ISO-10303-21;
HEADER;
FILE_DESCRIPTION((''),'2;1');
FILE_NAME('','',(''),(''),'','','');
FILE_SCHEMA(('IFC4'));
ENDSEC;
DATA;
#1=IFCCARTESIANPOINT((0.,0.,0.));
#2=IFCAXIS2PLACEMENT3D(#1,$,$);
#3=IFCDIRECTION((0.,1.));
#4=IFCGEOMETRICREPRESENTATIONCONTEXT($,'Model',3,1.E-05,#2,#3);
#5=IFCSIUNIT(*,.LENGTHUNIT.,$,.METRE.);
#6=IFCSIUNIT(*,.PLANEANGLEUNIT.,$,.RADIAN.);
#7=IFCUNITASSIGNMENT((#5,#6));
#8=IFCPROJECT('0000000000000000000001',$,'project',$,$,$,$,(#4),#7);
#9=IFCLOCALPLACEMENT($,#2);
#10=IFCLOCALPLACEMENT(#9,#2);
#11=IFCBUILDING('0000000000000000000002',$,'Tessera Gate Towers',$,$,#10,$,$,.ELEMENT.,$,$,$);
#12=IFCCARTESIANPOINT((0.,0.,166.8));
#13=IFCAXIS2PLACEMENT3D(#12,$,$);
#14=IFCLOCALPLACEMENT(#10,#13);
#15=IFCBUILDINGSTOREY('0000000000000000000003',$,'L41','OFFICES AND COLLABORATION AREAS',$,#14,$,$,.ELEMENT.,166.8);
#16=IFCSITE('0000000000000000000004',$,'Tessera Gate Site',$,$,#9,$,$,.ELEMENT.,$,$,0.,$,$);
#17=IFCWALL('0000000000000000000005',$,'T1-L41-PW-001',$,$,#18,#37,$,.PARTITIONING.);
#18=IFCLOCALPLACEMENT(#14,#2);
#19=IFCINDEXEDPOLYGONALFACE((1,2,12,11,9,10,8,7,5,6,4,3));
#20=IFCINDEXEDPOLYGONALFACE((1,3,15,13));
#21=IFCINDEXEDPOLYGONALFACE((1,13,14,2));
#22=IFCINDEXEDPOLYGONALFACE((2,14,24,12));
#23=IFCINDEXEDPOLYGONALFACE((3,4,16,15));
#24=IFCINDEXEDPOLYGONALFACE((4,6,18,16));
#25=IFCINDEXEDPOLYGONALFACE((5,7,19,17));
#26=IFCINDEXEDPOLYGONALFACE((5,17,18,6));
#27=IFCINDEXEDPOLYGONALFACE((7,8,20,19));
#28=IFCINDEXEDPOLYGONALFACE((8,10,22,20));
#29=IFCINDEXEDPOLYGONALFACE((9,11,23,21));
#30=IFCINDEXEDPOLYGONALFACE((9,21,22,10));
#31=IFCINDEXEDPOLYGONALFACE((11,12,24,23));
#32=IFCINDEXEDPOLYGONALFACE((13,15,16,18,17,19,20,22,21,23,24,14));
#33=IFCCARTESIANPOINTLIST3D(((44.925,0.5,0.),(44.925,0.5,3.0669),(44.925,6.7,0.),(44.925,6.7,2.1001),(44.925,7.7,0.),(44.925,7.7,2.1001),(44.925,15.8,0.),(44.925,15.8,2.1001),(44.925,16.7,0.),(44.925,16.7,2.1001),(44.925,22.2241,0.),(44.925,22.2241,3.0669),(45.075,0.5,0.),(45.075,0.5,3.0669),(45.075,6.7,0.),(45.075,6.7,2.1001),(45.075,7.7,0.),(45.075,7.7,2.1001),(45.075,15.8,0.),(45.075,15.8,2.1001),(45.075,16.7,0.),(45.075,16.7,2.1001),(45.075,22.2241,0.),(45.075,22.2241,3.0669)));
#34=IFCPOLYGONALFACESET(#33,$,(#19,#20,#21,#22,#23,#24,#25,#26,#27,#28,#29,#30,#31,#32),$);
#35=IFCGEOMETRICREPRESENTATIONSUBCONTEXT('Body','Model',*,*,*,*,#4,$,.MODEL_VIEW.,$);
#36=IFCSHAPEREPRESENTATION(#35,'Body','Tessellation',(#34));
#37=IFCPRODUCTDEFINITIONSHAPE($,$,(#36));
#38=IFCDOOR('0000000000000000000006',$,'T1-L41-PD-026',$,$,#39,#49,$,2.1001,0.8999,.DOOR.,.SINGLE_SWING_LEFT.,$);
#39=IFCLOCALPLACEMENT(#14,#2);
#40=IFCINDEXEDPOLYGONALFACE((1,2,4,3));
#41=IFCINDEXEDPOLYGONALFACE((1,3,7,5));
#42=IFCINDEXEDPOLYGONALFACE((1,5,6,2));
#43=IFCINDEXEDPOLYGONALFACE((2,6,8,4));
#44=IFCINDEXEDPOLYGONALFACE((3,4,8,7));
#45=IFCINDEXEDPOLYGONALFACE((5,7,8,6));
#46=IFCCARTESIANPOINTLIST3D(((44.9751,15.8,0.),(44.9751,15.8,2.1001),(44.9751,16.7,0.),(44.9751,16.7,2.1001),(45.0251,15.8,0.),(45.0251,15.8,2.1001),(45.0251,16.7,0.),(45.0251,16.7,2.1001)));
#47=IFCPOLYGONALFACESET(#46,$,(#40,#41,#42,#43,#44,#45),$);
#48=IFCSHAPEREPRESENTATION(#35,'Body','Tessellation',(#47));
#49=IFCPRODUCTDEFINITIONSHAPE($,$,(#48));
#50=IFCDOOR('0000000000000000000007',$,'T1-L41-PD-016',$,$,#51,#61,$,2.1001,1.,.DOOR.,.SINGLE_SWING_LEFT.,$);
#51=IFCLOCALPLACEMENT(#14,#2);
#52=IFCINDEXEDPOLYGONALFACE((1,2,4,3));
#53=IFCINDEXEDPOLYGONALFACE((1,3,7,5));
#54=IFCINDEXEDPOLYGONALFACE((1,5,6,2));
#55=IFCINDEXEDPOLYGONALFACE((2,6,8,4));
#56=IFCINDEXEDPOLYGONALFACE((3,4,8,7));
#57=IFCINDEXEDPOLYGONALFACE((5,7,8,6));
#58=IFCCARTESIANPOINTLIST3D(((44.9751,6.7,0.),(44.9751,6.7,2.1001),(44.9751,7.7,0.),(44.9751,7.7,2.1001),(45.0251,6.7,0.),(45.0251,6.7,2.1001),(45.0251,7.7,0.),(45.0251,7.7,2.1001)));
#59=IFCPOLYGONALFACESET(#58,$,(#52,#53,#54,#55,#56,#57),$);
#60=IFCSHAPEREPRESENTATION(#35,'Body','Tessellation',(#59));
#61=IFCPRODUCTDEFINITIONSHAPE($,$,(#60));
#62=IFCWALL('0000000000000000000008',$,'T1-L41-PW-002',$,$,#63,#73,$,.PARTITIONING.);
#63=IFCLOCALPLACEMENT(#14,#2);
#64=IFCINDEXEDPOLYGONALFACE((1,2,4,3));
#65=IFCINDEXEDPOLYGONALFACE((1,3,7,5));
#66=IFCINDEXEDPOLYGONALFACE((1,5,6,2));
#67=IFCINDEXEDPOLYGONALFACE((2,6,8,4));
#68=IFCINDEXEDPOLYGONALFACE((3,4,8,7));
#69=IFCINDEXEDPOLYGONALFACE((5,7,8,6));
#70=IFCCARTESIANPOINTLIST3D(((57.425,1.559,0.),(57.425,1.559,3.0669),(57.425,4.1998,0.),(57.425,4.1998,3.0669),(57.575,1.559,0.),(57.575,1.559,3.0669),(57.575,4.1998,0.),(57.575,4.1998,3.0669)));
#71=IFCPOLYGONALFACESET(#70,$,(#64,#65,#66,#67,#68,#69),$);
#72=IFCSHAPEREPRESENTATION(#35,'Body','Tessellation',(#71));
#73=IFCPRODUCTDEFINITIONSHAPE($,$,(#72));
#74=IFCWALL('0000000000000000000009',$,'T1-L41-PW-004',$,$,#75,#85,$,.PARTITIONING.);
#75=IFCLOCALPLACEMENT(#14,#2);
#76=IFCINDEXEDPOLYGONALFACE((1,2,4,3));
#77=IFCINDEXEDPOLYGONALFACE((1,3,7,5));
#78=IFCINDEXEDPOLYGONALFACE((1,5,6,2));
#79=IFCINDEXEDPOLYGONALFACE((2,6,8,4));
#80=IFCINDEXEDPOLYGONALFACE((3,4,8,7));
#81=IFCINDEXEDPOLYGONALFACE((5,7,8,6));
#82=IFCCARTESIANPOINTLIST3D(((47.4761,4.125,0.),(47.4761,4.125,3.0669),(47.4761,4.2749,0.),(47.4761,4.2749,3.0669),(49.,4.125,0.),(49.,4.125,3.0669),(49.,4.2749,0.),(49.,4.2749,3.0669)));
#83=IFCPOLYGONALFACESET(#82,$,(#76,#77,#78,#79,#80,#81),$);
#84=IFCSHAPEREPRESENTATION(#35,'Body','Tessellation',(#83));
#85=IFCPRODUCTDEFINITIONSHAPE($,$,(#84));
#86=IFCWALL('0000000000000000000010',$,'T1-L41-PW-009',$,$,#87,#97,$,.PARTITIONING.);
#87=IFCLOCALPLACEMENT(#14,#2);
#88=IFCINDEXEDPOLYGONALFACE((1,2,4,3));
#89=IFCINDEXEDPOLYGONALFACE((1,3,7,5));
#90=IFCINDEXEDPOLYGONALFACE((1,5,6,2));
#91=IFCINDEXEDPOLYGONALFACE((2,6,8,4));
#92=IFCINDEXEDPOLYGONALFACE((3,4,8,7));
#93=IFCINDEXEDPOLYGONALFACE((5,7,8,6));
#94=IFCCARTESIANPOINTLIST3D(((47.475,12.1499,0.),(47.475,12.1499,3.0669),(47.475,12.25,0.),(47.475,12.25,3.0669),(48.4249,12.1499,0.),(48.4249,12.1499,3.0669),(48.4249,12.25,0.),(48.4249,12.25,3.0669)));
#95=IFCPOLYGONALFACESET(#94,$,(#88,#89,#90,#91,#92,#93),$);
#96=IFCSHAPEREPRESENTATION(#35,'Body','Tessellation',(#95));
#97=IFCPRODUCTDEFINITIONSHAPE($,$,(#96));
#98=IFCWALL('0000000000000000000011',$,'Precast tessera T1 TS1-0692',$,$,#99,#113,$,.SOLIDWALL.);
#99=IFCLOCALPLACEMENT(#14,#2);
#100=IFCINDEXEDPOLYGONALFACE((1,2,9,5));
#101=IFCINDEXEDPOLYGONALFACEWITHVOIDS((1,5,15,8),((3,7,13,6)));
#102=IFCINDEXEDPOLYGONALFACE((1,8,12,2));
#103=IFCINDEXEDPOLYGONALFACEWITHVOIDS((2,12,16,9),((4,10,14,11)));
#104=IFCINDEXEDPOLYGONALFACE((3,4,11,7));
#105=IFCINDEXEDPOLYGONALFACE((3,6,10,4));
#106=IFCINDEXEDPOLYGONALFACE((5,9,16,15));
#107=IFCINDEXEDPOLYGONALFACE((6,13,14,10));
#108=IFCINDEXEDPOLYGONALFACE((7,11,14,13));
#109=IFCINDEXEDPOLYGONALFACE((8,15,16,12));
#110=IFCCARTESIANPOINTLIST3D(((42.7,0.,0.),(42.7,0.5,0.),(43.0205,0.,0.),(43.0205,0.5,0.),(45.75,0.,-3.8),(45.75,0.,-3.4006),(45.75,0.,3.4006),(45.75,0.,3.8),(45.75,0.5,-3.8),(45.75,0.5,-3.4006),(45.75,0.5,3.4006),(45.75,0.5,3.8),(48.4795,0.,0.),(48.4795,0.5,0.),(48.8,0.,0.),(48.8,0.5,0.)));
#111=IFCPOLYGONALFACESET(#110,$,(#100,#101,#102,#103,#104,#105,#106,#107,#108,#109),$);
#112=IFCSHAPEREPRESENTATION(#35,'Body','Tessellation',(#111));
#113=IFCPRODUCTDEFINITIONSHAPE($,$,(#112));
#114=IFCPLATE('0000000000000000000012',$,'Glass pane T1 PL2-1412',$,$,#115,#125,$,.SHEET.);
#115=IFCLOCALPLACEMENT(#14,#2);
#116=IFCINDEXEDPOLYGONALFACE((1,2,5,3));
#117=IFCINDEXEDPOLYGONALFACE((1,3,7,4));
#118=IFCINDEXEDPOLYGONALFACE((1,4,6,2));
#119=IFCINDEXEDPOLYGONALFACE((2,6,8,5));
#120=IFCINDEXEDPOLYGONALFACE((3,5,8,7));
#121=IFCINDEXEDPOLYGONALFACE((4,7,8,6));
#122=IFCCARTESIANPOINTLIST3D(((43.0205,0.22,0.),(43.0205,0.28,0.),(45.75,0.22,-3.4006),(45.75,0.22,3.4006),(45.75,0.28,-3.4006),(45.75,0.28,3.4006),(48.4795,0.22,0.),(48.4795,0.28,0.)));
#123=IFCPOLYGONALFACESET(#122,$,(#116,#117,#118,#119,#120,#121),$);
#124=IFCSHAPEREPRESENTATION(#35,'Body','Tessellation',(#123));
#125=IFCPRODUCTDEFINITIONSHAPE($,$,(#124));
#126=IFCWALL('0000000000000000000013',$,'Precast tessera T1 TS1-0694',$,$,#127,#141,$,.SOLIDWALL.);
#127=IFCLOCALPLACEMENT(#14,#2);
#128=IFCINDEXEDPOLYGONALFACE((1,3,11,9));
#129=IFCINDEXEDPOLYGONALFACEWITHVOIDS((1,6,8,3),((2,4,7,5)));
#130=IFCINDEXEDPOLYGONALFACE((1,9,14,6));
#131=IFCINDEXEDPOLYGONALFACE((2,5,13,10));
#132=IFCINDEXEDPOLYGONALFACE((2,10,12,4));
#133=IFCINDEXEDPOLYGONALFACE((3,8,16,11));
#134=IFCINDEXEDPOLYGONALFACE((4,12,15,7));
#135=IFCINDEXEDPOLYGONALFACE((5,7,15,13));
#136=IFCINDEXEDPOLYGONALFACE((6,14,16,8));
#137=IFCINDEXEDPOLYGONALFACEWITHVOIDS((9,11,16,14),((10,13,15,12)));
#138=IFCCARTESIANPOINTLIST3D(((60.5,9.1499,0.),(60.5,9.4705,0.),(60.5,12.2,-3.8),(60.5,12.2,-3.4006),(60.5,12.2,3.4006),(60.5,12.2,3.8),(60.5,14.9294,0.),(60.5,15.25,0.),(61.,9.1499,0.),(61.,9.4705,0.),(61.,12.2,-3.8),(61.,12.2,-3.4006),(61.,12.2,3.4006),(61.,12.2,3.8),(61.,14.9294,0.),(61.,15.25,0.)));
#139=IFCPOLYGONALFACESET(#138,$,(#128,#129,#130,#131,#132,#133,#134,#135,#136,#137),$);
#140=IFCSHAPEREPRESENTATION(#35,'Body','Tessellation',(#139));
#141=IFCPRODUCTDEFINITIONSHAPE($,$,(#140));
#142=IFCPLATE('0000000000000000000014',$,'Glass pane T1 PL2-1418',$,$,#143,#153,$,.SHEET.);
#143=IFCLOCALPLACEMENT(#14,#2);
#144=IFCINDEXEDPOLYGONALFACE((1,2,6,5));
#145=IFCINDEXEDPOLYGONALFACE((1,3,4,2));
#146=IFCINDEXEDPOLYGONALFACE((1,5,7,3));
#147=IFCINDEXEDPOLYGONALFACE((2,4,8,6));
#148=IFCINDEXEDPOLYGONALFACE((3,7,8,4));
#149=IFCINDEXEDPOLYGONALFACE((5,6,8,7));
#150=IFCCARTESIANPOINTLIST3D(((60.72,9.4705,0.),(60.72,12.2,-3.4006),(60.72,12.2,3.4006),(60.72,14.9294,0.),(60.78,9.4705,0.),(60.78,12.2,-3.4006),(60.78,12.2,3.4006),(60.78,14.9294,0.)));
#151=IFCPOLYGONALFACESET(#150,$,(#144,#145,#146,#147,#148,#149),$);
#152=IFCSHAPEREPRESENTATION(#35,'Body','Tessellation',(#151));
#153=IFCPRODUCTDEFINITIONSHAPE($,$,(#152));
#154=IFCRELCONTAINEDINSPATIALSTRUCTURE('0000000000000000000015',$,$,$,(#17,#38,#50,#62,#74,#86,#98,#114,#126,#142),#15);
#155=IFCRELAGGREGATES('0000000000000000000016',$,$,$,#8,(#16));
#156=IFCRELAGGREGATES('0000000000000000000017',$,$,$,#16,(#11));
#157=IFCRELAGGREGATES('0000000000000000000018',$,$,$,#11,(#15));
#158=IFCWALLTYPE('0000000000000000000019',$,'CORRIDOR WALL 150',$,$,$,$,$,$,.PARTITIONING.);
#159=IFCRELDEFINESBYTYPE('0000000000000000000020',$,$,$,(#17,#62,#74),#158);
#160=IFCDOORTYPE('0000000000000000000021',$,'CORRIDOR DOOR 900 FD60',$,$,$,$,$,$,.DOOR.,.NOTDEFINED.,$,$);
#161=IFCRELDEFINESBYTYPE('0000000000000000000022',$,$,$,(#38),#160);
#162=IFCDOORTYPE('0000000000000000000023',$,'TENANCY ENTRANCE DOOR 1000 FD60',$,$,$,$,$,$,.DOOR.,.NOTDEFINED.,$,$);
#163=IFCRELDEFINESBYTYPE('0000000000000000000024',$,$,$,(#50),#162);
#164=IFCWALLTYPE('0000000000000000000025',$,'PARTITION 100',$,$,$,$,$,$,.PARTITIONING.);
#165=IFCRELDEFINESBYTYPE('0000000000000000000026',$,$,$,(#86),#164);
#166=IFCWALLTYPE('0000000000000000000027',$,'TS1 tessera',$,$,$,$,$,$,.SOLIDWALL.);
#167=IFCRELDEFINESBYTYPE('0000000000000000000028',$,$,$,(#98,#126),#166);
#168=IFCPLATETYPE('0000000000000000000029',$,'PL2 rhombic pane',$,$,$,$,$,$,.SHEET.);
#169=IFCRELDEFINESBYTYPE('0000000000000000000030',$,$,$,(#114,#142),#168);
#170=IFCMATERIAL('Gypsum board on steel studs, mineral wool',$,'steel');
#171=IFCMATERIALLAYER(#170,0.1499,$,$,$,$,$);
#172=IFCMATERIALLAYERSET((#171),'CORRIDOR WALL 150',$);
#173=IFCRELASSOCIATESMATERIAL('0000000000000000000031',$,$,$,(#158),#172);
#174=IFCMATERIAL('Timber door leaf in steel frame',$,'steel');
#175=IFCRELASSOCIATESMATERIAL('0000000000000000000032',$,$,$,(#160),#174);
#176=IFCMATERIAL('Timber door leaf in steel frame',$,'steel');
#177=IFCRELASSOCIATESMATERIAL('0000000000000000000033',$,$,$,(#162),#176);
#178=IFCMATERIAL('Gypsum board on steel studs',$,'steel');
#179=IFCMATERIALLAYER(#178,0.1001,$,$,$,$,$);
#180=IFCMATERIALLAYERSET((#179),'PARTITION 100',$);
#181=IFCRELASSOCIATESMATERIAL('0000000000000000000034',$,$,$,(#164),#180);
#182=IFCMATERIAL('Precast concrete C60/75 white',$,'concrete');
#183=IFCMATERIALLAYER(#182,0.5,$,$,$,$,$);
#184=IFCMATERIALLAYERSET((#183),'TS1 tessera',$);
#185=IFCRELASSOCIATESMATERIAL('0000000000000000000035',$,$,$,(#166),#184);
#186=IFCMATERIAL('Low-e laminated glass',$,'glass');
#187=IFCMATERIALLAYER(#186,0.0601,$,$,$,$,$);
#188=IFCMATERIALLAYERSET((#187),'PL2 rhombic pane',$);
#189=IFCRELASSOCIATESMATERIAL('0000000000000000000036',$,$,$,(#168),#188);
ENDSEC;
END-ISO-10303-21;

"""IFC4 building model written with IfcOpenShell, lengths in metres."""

from ifc_helpers import new_model, si_unit, direction, frame, frame_2d, origin, place, context, subcontext, project, spatial, polyline, rectangle, outline, extrude, source, transform, mapped, material, layer, layer_set, type_object, element, fill, save


model = new_model("IFC4")

# Units and contexts
model_context = context("Model", 3, precision=1e-05, world=origin(), true_north=direction((0.0, 1.0)))
body_context = subcontext(model_context, "Body", "Model", "MODEL_VIEW")
ifc_project = project(units=[si_unit("LENGTHUNIT", "METRE"), si_unit("PLANEANGLEUNIT", "RADIAN")], contexts=[model_context])

# Site, building, storey
site_placement = place(None, origin())
site = spatial("IfcSite", under=ifc_project, at=site_placement, Name="Tessera Gate Site", CompositionType="ELEMENT", RefElevation=0.0)
building_placement = place(site_placement, origin())
building = spatial("IfcBuilding", under=site, at=building_placement, Name="Tessera Gate Towers", CompositionType="ELEMENT")
storey_placement = place(building_placement, frame((0.0, 0.0, 166.8)))
storey = spatial("IfcBuildingStorey", under=building, at=storey_placement, Name="L41", Description="OFFICES AND COLLABORATION AREAS", CompositionType="ELEMENT", Elevation=166.8)

# Wall, openings, doors
ifc_material_1 = material(Name="Gypsum board on steel studs, mineral wool", Category="steel")
ifc_layer_1 = layer(ifc_material_1, 0.1499)
ifc_layer_set_1 = layer_set([ifc_layer_1], Name="CORRIDOR WALL 150")
wall_type_1 = type_object("IfcWallType", Name="CORRIDOR WALL 150", PredefinedType="PARTITIONING", material=ifc_layer_set_1)
wall_1_placement = place(storey_placement, frame((45.0, 0.5, 0.0), z_axis=(0.0, 0.0, 1.0), x_axis=(0.0, 1.0, 0.0)))
wall_1 = element("IfcWall", 1, at=wall_1_placement, inside=storey, type_object=wall_type_1, Name="T1-L41-PW-001", PredefinedType="PARTITIONING", context=body_context, shape_type="SweptSolid", body=[
    extrude(rectangle(XDim=21.7241, YDim=0.1499, at=frame_2d((10.8621, 0.0))), origin(), (0.0, 0.0, 1.0), 3.0669),
])
shared_shape_1 = source(origin(), body_context, "Body", "SweptSolid", [
    extrude(rectangle(XDim=1.0, YDim=2.1001, at=frame_2d((0.5, 1.05))), frame((0.0, 0.085, 0.0), z_axis=(0.0, -1.0, 0.0), x_axis=(1.0, 0.0, 0.0)), (0.0, 0.0, 1.0), 0.1699),
])
opening_1_placement = place(wall_1_placement, frame((6.2, 0.0, 0.0)))
opening_1 = element("IfcOpeningElement", 2, at=opening_1_placement, cuts=wall_1, PredefinedType="OPENING", context=body_context, shape_type="MappedRepresentation", body=[
    mapped(shared_shape_1, transform((0.0, 0.0, 0.0), scale=1.0)),
])
shared_shape_2 = source(origin(), body_context, "Body", "SweptSolid", [
    extrude(rectangle(XDim=0.8999, YDim=2.1001, at=frame_2d((0.45, 1.05))), frame((0.0, 0.085, 0.0), z_axis=(0.0, -1.0, 0.0), x_axis=(1.0, 0.0, 0.0)), (0.0, 0.0, 1.0), 0.1699),
])
opening_2_placement = place(wall_1_placement, frame((15.3, 0.0, 0.0)))
opening_2 = element("IfcOpeningElement", 3, at=opening_2_placement, cuts=wall_1, PredefinedType="OPENING", context=body_context, shape_type="MappedRepresentation", body=[
    mapped(shared_shape_2, transform((0.0, 0.0, 0.0), scale=1.0)),
])
ifc_material_2 = material(Name="Timber door leaf in steel frame", Category="steel")
door_type_1 = type_object("IfcDoorType", Name="CORRIDOR DOOR 900 FD60", OperationType="NOTDEFINED", PredefinedType="DOOR", material=ifc_material_2)
shared_shape_3 = source(origin(), body_context, "Body", "SweptSolid", [
    extrude(rectangle(XDim=0.8999, YDim=2.1001, at=frame_2d((0.45, 1.05))), frame((0.0, 0.0249, 0.0), z_axis=(0.0, -1.0, 0.0), x_axis=(1.0, 0.0, 0.0)), (0.0, 0.0, 1.0), 0.05),
])
door_1_placement = place(opening_2_placement, origin())
door_1 = element("IfcDoor", 4, at=door_1_placement, inside=storey, type_object=door_type_1, Name="T1-L41-PD-026", OperationType="SINGLE_SWING_LEFT", OverallHeight=2.1001, OverallWidth=0.8999, PredefinedType="DOOR", context=body_context, shape_type="MappedRepresentation", body=[
    mapped(shared_shape_3, transform((0.0, 0.0, 0.0), scale=1.0)),
])
fill(opening_2, door_1)
ifc_material_3 = material(Name="Timber door leaf in steel frame", Category="steel")
door_type_2 = type_object("IfcDoorType", Name="TENANCY ENTRANCE DOOR 1000 FD60", OperationType="NOTDEFINED", PredefinedType="DOOR", material=ifc_material_3)
shared_shape_4 = source(origin(), body_context, "Body", "SweptSolid", [
    extrude(rectangle(XDim=1.0, YDim=2.1001, at=frame_2d((0.5, 1.05))), frame((0.0, 0.0249, 0.0), z_axis=(0.0, -1.0, 0.0), x_axis=(1.0, 0.0, 0.0)), (0.0, 0.0, 1.0), 0.05),
])
door_2_placement = place(opening_1_placement, origin())
door_2 = element("IfcDoor", 5, at=door_2_placement, inside=storey, type_object=door_type_2, Name="T1-L41-PD-016", OperationType="SINGLE_SWING_LEFT", OverallHeight=2.1001, OverallWidth=1.0, PredefinedType="DOOR", context=body_context, shape_type="MappedRepresentation", body=[
    mapped(shared_shape_4, transform((0.0, 0.0, 0.0), scale=1.0)),
])
fill(opening_1, door_2)

# Walls
wall_2_placement = place(storey_placement, frame((57.5, 1.5591, 0.0), z_axis=(0.0, 0.0, 1.0), x_axis=(0.0, 1.0, 0.0)))
element("IfcWall", 6, at=wall_2_placement, inside=storey, type_object=wall_type_1, Name="T1-L41-PW-002", PredefinedType="PARTITIONING", context=body_context, shape_type="SweptSolid", body=[
    extrude(rectangle(XDim=2.6409, YDim=0.1499, at=frame_2d((1.3203, 0.0))), origin(), (0.0, 0.0, 1.0), 3.0669),
])
wall_3_placement = place(storey_placement, frame((47.4761, 4.2, 0.0), z_axis=(0.0, 0.0, 1.0), x_axis=(1.0, 0.0, 0.0)))
element("IfcWall", 7, at=wall_3_placement, inside=storey, type_object=wall_type_1, Name="T1-L41-PW-004", PredefinedType="PARTITIONING", context=body_context, shape_type="SweptSolid", body=[
    extrude(rectangle(XDim=1.5239, YDim=0.1499, at=frame_2d((0.762, 0.0))), origin(), (0.0, 0.0, 1.0), 3.0669),
])
ifc_material_4 = material(Name="Gypsum board on steel studs", Category="steel")
ifc_layer_2 = layer(ifc_material_4, 0.1001)
ifc_layer_set_2 = layer_set([ifc_layer_2], Name="PARTITION 100")
wall_type_2 = type_object("IfcWallType", Name="PARTITION 100", PredefinedType="PARTITIONING", material=ifc_layer_set_2)
wall_4_placement = place(storey_placement, frame((48.425, 12.2, 0.0), z_axis=(0.0, 0.0, 1.0), x_axis=(-1.0, 0.0, 0.0)))
element("IfcWall", 8, at=wall_4_placement, inside=storey, type_object=wall_type_2, Name="T1-L41-PW-009", PredefinedType="PARTITIONING", context=body_context, shape_type="SweptSolid", body=[
    extrude(rectangle(XDim=0.95, YDim=0.1001, at=frame_2d((0.4751, 0.0))), origin(), (0.0, 0.0, 1.0), 3.0669),
])

# Walls, openings, plates
ifc_material_5 = material(Name="Precast concrete C60/75 white", Category="concrete")
ifc_layer_3 = layer(ifc_material_5, 0.5)
ifc_layer_set_3 = layer_set([ifc_layer_3], Name="TS1 tessera")
wall_type_3 = type_object("IfcWallType", Name="TS1 tessera", PredefinedType="SOLIDWALL", material=ifc_layer_set_3)
shared_shape_5 = source(origin(), body_context, "Body", "SweptSolid", [
    extrude(outline(polyline([(3.05, 0.0), (6.1001, 3.8), (3.05, 7.6001), (0.0, 3.8), (3.05, 0.0)])), frame((0.0, 0.25, 0.0), z_axis=(0.0, -1.0, 0.0), x_axis=(1.0, 0.0, 0.0)), (0.0, 0.0, 1.0), 0.5),
])
wall_5_placement = place(storey_placement, frame((42.7, 0.25, -3.8), z_axis=(0.0, 0.0, 1.0), x_axis=(1.0, 0.0, 0.0)))
wall_5 = element("IfcWall", 9, at=wall_5_placement, inside=storey, type_object=wall_type_3, Name="Precast tessera T1 TS1-0692", PredefinedType="SOLIDWALL", context=body_context, shape_type="MappedRepresentation", body=[
    mapped(shared_shape_5, transform((0.0, 0.0, 0.0), scale=1.0)),
])
shared_shape_6 = source(origin(), body_context, "Body", "SweptSolid", [
    extrude(outline(polyline([(3.05, 0.3994), (5.7795, 3.8), (3.05, 7.2007), (0.3206, 3.8), (3.05, 0.3994)])), frame((0.0, 0.26, 0.0), z_axis=(0.0, -1.0, 0.0), x_axis=(1.0, 0.0, 0.0)), (0.0, 0.0, 1.0), 0.52),
])
opening_3_placement = place(wall_5_placement, origin())
opening_3 = element("IfcOpeningElement", 10, at=opening_3_placement, cuts=wall_5, PredefinedType="OPENING", context=body_context, shape_type="MappedRepresentation", body=[
    mapped(shared_shape_6, transform((0.0, 0.0, 0.0), scale=1.0)),
])
ifc_material_6 = material(Name="Low-e laminated glass", Category="glass")
ifc_layer_4 = layer(ifc_material_6, 0.0601)
ifc_layer_set_4 = layer_set([ifc_layer_4], Name="PL2 rhombic pane")
plate_type = type_object("IfcPlateType", Name="PL2 rhombic pane", PredefinedType="SHEET", material=ifc_layer_set_4)
shared_shape_7 = source(origin(), body_context, "Body", "SweptSolid", [
    extrude(outline(polyline([(3.05, 0.3994), (5.7795, 3.8), (3.05, 7.2007), (0.3206, 3.8), (3.05, 0.3994)])), frame((0.0, 0.03, 0.0), z_axis=(0.0, -1.0, 0.0), x_axis=(1.0, 0.0, 0.0)), (0.0, 0.0, 1.0), 0.0601),
])
plate_1_placement = place(opening_3_placement, origin())
plate_1 = element("IfcPlate", 11, at=plate_1_placement, inside=storey, type_object=plate_type, Name="Glass pane T1 PL2-1412", PredefinedType="SHEET", context=body_context, shape_type="MappedRepresentation", body=[
    mapped(shared_shape_7, transform((0.0, 0.0, 0.0), scale=1.0)),
])
fill(opening_3, plate_1)
wall_6_placement = place(storey_placement, frame((60.75, 9.1499, -3.8), z_axis=(0.0, 0.0, 1.0), x_axis=(0.0, 1.0, 0.0)))
wall_6 = element("IfcWall", 12, at=wall_6_placement, inside=storey, type_object=wall_type_3, Name="Precast tessera T1 TS1-0694", PredefinedType="SOLIDWALL", context=body_context, shape_type="MappedRepresentation", body=[
    mapped(shared_shape_5, transform((0.0, 0.0, 0.0), scale=1.0)),
])
opening_4_placement = place(wall_6_placement, origin())
opening_4 = element("IfcOpeningElement", 13, at=opening_4_placement, cuts=wall_6, PredefinedType="OPENING", context=body_context, shape_type="MappedRepresentation", body=[
    mapped(shared_shape_6, transform((0.0, 0.0, 0.0), scale=1.0)),
])
plate_2_placement = place(opening_4_placement, origin())
plate_2 = element("IfcPlate", 14, at=plate_2_placement, inside=storey, type_object=plate_type, Name="Glass pane T1 PL2-1418", PredefinedType="SHEET", context=body_context, shape_type="MappedRepresentation", body=[
    mapped(shared_shape_7, transform((0.0, 0.0, 0.0), scale=1.0)),
])
fill(opening_4, plate_2)

save(model, "model.ifc")
